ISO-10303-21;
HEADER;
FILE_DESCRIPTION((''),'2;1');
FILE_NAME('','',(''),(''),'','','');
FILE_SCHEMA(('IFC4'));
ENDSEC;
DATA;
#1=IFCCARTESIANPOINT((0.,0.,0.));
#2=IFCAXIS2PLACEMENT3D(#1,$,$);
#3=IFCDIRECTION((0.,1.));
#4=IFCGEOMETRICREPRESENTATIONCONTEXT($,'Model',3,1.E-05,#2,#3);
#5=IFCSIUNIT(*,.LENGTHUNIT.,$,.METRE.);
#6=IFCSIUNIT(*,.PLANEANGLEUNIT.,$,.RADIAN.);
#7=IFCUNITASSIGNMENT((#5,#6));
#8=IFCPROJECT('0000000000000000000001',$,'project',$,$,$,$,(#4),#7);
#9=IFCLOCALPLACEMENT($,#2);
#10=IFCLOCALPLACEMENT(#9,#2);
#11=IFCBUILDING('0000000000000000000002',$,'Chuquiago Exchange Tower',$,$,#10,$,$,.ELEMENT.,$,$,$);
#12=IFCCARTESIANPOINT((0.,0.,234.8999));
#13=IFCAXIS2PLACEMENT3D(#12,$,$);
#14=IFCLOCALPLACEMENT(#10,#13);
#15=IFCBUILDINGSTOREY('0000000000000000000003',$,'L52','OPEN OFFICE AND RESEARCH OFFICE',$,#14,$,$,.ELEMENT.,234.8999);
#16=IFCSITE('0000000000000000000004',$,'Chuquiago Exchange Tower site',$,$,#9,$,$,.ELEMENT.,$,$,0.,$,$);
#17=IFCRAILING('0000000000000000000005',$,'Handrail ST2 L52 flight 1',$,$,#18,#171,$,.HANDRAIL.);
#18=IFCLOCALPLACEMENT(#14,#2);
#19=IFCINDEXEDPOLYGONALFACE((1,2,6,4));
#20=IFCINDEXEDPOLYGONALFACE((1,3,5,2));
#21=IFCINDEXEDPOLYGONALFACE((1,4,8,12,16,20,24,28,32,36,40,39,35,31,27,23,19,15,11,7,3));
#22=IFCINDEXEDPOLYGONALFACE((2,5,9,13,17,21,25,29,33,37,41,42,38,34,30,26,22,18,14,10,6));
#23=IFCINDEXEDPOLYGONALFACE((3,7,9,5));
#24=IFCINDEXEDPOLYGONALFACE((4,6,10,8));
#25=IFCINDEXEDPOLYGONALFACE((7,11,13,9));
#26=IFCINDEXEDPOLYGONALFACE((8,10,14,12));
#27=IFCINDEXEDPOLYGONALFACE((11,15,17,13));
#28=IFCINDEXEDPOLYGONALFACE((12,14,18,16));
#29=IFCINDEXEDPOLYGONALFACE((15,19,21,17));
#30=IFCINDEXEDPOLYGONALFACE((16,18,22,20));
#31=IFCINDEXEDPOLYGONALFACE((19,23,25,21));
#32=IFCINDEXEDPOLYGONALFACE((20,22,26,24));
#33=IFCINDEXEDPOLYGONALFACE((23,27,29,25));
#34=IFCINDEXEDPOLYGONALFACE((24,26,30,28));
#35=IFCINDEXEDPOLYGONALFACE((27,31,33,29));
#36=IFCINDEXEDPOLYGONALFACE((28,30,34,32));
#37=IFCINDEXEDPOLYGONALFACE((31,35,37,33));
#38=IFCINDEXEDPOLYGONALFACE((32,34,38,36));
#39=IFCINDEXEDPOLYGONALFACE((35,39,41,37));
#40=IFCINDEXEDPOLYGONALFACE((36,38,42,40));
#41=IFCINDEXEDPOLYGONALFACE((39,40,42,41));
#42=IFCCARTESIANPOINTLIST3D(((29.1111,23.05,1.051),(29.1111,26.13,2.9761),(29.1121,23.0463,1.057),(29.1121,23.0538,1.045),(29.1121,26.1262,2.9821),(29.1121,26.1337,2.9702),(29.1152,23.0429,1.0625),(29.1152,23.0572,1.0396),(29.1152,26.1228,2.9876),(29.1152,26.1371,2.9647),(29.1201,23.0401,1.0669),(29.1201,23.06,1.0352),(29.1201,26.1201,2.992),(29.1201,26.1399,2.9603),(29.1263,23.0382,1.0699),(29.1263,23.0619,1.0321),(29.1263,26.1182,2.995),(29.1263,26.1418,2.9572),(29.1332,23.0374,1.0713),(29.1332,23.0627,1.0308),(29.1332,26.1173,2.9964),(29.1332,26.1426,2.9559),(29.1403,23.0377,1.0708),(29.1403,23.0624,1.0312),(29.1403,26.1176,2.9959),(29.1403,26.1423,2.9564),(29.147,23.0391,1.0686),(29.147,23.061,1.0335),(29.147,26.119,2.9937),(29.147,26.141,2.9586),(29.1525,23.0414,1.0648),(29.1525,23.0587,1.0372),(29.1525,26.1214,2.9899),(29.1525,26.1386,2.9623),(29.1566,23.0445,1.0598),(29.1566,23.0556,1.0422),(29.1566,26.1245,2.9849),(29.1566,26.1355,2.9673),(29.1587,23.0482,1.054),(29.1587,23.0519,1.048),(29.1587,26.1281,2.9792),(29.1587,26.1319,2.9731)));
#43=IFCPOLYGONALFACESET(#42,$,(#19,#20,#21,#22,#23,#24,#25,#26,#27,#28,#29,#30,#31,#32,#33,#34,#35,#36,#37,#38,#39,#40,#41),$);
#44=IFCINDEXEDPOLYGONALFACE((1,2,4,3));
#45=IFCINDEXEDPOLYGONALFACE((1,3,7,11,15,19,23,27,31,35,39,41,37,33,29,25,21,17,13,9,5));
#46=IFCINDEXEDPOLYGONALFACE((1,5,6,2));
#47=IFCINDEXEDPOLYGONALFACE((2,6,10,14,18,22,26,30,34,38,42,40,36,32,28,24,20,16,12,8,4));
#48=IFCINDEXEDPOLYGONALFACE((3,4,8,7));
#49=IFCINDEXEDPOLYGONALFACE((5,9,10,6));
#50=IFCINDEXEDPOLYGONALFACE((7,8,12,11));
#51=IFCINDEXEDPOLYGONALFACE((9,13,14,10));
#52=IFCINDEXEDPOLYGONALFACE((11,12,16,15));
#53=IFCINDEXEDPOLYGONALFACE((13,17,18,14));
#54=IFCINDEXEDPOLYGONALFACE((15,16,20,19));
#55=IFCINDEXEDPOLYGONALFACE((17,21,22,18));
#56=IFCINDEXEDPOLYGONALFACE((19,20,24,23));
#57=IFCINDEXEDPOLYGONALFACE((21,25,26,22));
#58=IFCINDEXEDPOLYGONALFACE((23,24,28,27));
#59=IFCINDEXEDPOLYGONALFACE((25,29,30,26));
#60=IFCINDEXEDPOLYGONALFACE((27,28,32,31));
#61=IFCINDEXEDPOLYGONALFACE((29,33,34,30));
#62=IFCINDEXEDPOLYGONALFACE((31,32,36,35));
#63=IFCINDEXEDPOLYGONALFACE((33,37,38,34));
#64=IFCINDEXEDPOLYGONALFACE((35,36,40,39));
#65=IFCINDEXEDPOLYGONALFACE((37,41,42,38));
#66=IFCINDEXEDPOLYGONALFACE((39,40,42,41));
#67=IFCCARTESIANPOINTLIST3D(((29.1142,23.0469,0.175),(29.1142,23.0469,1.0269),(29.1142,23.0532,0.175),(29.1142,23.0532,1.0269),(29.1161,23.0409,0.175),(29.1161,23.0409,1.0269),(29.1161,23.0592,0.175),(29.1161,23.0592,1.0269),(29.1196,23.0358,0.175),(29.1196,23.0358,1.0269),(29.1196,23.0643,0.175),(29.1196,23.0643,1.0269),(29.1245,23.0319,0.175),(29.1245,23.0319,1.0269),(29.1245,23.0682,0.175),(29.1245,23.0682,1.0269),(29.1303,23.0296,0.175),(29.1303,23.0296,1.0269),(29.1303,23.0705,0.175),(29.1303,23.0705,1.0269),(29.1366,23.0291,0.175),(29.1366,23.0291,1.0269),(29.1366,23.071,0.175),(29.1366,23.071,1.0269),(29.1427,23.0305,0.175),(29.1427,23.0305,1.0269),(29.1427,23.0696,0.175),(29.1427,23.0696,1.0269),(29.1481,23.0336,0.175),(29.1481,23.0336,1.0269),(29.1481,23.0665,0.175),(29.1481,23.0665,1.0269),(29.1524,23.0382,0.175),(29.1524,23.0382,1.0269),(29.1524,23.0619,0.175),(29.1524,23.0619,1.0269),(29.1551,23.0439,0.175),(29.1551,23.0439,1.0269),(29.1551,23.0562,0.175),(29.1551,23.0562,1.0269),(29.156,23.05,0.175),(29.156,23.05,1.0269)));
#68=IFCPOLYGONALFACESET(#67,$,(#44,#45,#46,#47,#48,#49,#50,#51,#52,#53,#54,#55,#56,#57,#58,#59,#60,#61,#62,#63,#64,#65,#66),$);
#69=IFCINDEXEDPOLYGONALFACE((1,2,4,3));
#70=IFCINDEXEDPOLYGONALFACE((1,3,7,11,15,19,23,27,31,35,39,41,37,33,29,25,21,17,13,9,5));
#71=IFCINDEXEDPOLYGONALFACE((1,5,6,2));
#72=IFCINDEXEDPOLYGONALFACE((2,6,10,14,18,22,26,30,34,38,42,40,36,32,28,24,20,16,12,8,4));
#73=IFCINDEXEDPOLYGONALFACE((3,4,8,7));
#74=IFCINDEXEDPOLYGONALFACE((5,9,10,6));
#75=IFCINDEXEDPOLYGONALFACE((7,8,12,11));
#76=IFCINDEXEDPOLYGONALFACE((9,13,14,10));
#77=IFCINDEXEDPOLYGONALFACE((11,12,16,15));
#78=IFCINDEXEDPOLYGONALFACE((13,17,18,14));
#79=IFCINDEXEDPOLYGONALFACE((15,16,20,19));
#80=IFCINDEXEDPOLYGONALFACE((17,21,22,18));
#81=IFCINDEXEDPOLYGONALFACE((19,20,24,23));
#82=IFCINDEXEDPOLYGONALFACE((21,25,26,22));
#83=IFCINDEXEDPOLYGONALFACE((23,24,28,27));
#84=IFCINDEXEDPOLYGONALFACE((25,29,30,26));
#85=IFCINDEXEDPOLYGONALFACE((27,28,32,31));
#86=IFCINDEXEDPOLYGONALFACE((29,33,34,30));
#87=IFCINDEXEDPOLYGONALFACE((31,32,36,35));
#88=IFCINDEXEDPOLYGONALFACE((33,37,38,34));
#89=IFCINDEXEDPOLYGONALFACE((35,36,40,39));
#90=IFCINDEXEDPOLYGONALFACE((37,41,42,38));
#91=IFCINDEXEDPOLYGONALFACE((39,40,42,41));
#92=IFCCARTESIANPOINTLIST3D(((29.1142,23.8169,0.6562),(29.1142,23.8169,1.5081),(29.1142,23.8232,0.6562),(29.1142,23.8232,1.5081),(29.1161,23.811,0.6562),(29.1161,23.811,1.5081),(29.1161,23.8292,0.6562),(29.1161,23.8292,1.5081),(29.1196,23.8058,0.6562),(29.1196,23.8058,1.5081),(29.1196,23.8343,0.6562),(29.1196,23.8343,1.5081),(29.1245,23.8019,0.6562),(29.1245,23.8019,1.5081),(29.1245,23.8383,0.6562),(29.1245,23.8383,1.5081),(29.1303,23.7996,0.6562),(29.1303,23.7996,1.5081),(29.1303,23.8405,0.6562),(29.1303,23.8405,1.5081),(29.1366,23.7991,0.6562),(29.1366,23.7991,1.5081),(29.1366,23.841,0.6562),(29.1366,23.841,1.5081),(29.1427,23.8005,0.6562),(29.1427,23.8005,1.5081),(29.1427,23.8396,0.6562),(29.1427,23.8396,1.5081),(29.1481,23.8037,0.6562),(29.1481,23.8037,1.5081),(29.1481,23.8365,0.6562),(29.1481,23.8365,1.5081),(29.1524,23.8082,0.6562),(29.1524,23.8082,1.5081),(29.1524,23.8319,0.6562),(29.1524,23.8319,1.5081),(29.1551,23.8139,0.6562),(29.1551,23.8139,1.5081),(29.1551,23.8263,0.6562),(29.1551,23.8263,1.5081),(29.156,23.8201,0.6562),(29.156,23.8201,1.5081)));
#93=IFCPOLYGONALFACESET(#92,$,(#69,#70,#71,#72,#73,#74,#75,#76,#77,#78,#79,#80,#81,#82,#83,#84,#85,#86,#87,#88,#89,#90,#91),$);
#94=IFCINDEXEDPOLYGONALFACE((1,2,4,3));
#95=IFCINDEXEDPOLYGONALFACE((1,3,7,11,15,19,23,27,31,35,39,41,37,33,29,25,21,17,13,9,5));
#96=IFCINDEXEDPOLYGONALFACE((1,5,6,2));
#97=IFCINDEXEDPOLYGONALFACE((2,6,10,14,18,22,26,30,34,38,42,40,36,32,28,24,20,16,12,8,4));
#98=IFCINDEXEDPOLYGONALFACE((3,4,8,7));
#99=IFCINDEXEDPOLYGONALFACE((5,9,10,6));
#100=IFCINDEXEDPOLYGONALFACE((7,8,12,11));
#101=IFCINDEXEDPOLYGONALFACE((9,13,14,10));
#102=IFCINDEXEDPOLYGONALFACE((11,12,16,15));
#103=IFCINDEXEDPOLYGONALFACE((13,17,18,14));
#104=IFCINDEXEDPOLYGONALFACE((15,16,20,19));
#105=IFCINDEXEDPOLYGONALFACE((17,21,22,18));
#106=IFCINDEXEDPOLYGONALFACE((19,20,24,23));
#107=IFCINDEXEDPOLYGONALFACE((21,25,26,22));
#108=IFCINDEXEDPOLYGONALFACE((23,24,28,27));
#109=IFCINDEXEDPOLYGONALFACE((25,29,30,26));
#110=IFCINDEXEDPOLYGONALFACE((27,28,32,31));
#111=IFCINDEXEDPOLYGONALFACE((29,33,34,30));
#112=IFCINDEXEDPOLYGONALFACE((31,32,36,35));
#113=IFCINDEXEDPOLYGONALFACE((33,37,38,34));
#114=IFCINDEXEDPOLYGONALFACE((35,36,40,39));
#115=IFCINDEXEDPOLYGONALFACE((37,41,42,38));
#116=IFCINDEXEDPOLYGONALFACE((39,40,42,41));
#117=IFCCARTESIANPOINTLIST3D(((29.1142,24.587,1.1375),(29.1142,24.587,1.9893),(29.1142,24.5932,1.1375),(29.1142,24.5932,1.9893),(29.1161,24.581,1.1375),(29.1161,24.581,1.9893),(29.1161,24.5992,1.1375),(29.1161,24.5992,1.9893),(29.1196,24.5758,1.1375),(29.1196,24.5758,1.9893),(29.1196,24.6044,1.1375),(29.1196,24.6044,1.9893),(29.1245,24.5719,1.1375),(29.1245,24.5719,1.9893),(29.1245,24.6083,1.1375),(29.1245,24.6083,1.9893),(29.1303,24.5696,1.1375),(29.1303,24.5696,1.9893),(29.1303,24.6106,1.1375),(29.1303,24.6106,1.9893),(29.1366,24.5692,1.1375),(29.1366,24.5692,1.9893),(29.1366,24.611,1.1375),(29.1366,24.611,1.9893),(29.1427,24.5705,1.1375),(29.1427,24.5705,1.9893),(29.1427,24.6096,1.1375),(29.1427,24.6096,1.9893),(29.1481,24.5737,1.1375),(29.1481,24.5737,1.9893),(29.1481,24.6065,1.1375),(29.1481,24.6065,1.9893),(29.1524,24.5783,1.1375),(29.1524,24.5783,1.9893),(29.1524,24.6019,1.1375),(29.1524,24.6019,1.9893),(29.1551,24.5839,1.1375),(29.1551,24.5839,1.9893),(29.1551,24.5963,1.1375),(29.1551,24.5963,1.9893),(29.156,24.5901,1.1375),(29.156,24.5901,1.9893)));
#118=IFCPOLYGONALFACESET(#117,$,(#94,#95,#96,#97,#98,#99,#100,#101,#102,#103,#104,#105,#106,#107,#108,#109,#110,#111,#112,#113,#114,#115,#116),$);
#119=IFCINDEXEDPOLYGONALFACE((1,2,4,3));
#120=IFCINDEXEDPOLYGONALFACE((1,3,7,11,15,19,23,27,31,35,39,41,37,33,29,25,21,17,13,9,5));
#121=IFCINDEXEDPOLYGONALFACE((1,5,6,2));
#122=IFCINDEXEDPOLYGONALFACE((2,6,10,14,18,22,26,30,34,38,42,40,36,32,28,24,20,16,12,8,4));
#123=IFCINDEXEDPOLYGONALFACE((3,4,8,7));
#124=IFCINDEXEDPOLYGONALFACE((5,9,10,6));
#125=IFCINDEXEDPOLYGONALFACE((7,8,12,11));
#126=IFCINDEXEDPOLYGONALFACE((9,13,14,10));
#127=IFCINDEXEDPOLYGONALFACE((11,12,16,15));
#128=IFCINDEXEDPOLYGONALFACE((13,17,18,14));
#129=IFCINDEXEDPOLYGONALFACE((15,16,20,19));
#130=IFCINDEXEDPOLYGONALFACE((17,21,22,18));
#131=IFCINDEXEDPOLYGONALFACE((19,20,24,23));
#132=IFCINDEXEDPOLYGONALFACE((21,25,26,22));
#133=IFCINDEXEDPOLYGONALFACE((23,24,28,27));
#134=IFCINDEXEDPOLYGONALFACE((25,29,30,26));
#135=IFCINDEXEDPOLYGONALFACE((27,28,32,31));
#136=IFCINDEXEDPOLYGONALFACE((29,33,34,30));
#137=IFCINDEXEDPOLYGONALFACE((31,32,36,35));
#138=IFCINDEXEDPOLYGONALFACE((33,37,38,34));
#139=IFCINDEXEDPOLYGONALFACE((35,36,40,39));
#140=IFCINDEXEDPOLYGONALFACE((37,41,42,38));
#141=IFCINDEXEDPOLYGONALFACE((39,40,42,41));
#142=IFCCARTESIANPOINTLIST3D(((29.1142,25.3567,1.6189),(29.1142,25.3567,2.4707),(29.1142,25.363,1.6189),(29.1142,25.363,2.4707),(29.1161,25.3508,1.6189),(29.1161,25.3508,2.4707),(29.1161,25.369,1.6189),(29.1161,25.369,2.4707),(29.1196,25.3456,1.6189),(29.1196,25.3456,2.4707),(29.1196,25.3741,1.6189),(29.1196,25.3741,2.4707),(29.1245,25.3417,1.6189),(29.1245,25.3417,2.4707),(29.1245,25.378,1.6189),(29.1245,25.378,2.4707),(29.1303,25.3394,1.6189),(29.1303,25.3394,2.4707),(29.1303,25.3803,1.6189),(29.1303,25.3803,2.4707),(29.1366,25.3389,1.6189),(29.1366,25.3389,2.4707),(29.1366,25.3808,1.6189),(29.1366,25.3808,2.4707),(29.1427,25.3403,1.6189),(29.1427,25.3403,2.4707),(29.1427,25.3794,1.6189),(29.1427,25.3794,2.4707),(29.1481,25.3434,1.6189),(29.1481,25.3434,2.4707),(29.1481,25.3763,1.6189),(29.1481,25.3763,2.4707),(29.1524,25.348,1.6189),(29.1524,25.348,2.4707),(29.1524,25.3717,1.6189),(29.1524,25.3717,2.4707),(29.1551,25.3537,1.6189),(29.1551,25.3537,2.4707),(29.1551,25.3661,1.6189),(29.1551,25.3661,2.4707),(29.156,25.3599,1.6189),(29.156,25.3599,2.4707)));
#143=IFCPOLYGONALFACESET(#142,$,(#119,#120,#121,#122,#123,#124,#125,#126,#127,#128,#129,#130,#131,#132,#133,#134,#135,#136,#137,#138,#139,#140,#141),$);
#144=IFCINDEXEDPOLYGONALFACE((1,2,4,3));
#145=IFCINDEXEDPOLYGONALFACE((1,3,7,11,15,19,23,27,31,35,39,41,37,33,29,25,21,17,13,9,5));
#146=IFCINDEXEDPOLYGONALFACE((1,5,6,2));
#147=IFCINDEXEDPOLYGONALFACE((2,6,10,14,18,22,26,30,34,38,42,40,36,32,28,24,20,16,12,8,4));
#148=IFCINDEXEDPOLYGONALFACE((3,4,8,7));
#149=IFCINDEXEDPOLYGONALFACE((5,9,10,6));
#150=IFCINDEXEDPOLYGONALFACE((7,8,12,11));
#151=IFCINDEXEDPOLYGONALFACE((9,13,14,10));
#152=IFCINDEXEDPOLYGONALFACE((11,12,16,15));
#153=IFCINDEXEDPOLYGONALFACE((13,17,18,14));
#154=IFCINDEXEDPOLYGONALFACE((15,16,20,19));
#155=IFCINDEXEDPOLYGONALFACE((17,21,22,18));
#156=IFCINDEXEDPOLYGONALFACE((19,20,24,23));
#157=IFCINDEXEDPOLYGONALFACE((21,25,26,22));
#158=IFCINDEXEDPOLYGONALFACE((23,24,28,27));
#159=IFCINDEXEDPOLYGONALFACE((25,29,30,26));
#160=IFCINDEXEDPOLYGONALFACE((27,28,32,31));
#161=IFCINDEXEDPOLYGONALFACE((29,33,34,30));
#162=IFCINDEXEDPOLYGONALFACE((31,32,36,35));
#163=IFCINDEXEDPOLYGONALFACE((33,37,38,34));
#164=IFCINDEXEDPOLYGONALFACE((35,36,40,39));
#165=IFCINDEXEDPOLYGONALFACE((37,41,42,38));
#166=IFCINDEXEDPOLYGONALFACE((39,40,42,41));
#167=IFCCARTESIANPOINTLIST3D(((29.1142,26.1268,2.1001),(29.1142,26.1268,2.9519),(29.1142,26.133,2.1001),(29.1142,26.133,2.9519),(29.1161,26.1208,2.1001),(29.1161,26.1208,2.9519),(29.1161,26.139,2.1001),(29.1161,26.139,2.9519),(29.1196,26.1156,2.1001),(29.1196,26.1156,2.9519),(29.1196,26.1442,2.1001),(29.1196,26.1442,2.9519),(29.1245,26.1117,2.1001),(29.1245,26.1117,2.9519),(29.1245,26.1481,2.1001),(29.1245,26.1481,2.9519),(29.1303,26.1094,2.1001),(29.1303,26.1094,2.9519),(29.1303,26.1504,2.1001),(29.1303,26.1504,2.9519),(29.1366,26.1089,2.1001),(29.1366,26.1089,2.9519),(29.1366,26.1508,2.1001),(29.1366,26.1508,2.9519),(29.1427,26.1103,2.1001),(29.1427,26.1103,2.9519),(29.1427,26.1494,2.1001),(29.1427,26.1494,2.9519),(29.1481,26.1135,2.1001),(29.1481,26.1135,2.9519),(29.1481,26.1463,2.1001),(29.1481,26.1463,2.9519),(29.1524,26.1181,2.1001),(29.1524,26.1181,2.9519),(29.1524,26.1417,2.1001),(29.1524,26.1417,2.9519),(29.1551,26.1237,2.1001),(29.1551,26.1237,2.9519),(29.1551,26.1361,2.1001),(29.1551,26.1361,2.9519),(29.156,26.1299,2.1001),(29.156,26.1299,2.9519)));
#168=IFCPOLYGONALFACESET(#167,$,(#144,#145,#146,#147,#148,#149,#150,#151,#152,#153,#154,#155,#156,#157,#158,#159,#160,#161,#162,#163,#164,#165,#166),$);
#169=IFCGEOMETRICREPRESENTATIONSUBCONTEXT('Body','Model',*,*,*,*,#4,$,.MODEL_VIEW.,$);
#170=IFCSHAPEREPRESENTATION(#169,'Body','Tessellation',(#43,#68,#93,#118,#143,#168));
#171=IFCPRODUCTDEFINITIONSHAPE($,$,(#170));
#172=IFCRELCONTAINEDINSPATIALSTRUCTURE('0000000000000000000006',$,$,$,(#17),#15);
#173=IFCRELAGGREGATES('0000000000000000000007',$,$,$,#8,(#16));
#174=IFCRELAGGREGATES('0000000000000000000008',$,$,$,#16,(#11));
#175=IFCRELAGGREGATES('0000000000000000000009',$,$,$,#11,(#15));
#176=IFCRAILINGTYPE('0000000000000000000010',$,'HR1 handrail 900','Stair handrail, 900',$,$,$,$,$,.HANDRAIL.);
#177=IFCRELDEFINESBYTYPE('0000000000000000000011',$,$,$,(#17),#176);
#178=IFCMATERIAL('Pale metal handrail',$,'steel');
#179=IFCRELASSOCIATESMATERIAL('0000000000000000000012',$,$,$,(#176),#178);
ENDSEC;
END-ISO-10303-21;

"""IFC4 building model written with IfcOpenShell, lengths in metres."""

from ifc_helpers import new_model, si_unit, direction, frame, origin, origin_2d, place, context, subcontext, project, spatial, circle, extrude, material, type_object, element, save


model = new_model("IFC4")

# Units and contexts
model_context = context("Model", 3, precision=1e-05, world=origin(), true_north=direction((0.0, 1.0)))
body_context = subcontext(model_context, "Body", "Model", "MODEL_VIEW")
ifc_project = project(units=[si_unit("LENGTHUNIT", "METRE"), si_unit("PLANEANGLEUNIT", "RADIAN")], contexts=[model_context])

# Site, building, storey
site_placement = place(None, origin())
site = spatial("IfcSite", under=ifc_project, at=site_placement, Name="Chuquiago Exchange Tower site", CompositionType="ELEMENT", RefElevation=0.0)
building_placement = place(site_placement, origin())
building = spatial("IfcBuilding", under=site, at=building_placement, Name="Chuquiago Exchange Tower", CompositionType="ELEMENT")
storey_placement = place(building_placement, frame((0.0, 0.0, 234.8999)))
storey = spatial("IfcBuildingStorey", under=building, at=storey_placement, Name="L52", Description="OPEN OFFICE AND RESEARCH OFFICE", CompositionType="ELEMENT", Elevation=234.8999)

# Railing
ifc_material_1 = material(Name="Pale metal handrail", Category="steel")
railing_type_1 = type_object("IfcRailingType", Name="HR1 handrail 900", Description="Stair handrail, 900", PredefinedType="HANDRAIL", material=ifc_material_1)
railing_1_placement = place(storey_placement, frame((29.135, 23.05, 0.175)))
element("IfcRailing", 1, at=railing_1_placement, inside=storey, type_object=railing_type_1, Name="Handrail ST2 L52 flight 1", PredefinedType="HANDRAIL", context=body_context, shape_type="SweptSolid", body=[
    extrude(circle(Radius=0.0239, at=origin_2d()), frame((0.0, 0.0, 0.876), z_axis=(0.0, 0.847979, 0.530029), x_axis=(-1.0, 0.0, 0.0)), (0.0, 0.0, 1.0), 3.6321),
    extrude(circle(Radius=0.021, at=origin_2d()), origin(), (0.0, 0.0, 1.0), 0.8518),
    extrude(circle(Radius=0.021, at=origin_2d()), frame((0.0, 0.77, 0.4812)), (0.0, 0.0, 1.0), 0.8518),
    extrude(circle(Radius=0.021, at=origin_2d()), frame((0.0, 1.54, 0.9624)), (0.0, 0.0, 1.0), 0.8518),
    extrude(circle(Radius=0.021, at=origin_2d()), frame((0.0, 2.3098, 1.4438)), (0.0, 0.0, 1.0), 0.8518),
    extrude(circle(Radius=0.021, at=origin_2d()), frame((0.0, 3.0798, 1.925)), (0.0, 0.0, 1.0), 0.8518),
])

save(model, "model.ifc")
